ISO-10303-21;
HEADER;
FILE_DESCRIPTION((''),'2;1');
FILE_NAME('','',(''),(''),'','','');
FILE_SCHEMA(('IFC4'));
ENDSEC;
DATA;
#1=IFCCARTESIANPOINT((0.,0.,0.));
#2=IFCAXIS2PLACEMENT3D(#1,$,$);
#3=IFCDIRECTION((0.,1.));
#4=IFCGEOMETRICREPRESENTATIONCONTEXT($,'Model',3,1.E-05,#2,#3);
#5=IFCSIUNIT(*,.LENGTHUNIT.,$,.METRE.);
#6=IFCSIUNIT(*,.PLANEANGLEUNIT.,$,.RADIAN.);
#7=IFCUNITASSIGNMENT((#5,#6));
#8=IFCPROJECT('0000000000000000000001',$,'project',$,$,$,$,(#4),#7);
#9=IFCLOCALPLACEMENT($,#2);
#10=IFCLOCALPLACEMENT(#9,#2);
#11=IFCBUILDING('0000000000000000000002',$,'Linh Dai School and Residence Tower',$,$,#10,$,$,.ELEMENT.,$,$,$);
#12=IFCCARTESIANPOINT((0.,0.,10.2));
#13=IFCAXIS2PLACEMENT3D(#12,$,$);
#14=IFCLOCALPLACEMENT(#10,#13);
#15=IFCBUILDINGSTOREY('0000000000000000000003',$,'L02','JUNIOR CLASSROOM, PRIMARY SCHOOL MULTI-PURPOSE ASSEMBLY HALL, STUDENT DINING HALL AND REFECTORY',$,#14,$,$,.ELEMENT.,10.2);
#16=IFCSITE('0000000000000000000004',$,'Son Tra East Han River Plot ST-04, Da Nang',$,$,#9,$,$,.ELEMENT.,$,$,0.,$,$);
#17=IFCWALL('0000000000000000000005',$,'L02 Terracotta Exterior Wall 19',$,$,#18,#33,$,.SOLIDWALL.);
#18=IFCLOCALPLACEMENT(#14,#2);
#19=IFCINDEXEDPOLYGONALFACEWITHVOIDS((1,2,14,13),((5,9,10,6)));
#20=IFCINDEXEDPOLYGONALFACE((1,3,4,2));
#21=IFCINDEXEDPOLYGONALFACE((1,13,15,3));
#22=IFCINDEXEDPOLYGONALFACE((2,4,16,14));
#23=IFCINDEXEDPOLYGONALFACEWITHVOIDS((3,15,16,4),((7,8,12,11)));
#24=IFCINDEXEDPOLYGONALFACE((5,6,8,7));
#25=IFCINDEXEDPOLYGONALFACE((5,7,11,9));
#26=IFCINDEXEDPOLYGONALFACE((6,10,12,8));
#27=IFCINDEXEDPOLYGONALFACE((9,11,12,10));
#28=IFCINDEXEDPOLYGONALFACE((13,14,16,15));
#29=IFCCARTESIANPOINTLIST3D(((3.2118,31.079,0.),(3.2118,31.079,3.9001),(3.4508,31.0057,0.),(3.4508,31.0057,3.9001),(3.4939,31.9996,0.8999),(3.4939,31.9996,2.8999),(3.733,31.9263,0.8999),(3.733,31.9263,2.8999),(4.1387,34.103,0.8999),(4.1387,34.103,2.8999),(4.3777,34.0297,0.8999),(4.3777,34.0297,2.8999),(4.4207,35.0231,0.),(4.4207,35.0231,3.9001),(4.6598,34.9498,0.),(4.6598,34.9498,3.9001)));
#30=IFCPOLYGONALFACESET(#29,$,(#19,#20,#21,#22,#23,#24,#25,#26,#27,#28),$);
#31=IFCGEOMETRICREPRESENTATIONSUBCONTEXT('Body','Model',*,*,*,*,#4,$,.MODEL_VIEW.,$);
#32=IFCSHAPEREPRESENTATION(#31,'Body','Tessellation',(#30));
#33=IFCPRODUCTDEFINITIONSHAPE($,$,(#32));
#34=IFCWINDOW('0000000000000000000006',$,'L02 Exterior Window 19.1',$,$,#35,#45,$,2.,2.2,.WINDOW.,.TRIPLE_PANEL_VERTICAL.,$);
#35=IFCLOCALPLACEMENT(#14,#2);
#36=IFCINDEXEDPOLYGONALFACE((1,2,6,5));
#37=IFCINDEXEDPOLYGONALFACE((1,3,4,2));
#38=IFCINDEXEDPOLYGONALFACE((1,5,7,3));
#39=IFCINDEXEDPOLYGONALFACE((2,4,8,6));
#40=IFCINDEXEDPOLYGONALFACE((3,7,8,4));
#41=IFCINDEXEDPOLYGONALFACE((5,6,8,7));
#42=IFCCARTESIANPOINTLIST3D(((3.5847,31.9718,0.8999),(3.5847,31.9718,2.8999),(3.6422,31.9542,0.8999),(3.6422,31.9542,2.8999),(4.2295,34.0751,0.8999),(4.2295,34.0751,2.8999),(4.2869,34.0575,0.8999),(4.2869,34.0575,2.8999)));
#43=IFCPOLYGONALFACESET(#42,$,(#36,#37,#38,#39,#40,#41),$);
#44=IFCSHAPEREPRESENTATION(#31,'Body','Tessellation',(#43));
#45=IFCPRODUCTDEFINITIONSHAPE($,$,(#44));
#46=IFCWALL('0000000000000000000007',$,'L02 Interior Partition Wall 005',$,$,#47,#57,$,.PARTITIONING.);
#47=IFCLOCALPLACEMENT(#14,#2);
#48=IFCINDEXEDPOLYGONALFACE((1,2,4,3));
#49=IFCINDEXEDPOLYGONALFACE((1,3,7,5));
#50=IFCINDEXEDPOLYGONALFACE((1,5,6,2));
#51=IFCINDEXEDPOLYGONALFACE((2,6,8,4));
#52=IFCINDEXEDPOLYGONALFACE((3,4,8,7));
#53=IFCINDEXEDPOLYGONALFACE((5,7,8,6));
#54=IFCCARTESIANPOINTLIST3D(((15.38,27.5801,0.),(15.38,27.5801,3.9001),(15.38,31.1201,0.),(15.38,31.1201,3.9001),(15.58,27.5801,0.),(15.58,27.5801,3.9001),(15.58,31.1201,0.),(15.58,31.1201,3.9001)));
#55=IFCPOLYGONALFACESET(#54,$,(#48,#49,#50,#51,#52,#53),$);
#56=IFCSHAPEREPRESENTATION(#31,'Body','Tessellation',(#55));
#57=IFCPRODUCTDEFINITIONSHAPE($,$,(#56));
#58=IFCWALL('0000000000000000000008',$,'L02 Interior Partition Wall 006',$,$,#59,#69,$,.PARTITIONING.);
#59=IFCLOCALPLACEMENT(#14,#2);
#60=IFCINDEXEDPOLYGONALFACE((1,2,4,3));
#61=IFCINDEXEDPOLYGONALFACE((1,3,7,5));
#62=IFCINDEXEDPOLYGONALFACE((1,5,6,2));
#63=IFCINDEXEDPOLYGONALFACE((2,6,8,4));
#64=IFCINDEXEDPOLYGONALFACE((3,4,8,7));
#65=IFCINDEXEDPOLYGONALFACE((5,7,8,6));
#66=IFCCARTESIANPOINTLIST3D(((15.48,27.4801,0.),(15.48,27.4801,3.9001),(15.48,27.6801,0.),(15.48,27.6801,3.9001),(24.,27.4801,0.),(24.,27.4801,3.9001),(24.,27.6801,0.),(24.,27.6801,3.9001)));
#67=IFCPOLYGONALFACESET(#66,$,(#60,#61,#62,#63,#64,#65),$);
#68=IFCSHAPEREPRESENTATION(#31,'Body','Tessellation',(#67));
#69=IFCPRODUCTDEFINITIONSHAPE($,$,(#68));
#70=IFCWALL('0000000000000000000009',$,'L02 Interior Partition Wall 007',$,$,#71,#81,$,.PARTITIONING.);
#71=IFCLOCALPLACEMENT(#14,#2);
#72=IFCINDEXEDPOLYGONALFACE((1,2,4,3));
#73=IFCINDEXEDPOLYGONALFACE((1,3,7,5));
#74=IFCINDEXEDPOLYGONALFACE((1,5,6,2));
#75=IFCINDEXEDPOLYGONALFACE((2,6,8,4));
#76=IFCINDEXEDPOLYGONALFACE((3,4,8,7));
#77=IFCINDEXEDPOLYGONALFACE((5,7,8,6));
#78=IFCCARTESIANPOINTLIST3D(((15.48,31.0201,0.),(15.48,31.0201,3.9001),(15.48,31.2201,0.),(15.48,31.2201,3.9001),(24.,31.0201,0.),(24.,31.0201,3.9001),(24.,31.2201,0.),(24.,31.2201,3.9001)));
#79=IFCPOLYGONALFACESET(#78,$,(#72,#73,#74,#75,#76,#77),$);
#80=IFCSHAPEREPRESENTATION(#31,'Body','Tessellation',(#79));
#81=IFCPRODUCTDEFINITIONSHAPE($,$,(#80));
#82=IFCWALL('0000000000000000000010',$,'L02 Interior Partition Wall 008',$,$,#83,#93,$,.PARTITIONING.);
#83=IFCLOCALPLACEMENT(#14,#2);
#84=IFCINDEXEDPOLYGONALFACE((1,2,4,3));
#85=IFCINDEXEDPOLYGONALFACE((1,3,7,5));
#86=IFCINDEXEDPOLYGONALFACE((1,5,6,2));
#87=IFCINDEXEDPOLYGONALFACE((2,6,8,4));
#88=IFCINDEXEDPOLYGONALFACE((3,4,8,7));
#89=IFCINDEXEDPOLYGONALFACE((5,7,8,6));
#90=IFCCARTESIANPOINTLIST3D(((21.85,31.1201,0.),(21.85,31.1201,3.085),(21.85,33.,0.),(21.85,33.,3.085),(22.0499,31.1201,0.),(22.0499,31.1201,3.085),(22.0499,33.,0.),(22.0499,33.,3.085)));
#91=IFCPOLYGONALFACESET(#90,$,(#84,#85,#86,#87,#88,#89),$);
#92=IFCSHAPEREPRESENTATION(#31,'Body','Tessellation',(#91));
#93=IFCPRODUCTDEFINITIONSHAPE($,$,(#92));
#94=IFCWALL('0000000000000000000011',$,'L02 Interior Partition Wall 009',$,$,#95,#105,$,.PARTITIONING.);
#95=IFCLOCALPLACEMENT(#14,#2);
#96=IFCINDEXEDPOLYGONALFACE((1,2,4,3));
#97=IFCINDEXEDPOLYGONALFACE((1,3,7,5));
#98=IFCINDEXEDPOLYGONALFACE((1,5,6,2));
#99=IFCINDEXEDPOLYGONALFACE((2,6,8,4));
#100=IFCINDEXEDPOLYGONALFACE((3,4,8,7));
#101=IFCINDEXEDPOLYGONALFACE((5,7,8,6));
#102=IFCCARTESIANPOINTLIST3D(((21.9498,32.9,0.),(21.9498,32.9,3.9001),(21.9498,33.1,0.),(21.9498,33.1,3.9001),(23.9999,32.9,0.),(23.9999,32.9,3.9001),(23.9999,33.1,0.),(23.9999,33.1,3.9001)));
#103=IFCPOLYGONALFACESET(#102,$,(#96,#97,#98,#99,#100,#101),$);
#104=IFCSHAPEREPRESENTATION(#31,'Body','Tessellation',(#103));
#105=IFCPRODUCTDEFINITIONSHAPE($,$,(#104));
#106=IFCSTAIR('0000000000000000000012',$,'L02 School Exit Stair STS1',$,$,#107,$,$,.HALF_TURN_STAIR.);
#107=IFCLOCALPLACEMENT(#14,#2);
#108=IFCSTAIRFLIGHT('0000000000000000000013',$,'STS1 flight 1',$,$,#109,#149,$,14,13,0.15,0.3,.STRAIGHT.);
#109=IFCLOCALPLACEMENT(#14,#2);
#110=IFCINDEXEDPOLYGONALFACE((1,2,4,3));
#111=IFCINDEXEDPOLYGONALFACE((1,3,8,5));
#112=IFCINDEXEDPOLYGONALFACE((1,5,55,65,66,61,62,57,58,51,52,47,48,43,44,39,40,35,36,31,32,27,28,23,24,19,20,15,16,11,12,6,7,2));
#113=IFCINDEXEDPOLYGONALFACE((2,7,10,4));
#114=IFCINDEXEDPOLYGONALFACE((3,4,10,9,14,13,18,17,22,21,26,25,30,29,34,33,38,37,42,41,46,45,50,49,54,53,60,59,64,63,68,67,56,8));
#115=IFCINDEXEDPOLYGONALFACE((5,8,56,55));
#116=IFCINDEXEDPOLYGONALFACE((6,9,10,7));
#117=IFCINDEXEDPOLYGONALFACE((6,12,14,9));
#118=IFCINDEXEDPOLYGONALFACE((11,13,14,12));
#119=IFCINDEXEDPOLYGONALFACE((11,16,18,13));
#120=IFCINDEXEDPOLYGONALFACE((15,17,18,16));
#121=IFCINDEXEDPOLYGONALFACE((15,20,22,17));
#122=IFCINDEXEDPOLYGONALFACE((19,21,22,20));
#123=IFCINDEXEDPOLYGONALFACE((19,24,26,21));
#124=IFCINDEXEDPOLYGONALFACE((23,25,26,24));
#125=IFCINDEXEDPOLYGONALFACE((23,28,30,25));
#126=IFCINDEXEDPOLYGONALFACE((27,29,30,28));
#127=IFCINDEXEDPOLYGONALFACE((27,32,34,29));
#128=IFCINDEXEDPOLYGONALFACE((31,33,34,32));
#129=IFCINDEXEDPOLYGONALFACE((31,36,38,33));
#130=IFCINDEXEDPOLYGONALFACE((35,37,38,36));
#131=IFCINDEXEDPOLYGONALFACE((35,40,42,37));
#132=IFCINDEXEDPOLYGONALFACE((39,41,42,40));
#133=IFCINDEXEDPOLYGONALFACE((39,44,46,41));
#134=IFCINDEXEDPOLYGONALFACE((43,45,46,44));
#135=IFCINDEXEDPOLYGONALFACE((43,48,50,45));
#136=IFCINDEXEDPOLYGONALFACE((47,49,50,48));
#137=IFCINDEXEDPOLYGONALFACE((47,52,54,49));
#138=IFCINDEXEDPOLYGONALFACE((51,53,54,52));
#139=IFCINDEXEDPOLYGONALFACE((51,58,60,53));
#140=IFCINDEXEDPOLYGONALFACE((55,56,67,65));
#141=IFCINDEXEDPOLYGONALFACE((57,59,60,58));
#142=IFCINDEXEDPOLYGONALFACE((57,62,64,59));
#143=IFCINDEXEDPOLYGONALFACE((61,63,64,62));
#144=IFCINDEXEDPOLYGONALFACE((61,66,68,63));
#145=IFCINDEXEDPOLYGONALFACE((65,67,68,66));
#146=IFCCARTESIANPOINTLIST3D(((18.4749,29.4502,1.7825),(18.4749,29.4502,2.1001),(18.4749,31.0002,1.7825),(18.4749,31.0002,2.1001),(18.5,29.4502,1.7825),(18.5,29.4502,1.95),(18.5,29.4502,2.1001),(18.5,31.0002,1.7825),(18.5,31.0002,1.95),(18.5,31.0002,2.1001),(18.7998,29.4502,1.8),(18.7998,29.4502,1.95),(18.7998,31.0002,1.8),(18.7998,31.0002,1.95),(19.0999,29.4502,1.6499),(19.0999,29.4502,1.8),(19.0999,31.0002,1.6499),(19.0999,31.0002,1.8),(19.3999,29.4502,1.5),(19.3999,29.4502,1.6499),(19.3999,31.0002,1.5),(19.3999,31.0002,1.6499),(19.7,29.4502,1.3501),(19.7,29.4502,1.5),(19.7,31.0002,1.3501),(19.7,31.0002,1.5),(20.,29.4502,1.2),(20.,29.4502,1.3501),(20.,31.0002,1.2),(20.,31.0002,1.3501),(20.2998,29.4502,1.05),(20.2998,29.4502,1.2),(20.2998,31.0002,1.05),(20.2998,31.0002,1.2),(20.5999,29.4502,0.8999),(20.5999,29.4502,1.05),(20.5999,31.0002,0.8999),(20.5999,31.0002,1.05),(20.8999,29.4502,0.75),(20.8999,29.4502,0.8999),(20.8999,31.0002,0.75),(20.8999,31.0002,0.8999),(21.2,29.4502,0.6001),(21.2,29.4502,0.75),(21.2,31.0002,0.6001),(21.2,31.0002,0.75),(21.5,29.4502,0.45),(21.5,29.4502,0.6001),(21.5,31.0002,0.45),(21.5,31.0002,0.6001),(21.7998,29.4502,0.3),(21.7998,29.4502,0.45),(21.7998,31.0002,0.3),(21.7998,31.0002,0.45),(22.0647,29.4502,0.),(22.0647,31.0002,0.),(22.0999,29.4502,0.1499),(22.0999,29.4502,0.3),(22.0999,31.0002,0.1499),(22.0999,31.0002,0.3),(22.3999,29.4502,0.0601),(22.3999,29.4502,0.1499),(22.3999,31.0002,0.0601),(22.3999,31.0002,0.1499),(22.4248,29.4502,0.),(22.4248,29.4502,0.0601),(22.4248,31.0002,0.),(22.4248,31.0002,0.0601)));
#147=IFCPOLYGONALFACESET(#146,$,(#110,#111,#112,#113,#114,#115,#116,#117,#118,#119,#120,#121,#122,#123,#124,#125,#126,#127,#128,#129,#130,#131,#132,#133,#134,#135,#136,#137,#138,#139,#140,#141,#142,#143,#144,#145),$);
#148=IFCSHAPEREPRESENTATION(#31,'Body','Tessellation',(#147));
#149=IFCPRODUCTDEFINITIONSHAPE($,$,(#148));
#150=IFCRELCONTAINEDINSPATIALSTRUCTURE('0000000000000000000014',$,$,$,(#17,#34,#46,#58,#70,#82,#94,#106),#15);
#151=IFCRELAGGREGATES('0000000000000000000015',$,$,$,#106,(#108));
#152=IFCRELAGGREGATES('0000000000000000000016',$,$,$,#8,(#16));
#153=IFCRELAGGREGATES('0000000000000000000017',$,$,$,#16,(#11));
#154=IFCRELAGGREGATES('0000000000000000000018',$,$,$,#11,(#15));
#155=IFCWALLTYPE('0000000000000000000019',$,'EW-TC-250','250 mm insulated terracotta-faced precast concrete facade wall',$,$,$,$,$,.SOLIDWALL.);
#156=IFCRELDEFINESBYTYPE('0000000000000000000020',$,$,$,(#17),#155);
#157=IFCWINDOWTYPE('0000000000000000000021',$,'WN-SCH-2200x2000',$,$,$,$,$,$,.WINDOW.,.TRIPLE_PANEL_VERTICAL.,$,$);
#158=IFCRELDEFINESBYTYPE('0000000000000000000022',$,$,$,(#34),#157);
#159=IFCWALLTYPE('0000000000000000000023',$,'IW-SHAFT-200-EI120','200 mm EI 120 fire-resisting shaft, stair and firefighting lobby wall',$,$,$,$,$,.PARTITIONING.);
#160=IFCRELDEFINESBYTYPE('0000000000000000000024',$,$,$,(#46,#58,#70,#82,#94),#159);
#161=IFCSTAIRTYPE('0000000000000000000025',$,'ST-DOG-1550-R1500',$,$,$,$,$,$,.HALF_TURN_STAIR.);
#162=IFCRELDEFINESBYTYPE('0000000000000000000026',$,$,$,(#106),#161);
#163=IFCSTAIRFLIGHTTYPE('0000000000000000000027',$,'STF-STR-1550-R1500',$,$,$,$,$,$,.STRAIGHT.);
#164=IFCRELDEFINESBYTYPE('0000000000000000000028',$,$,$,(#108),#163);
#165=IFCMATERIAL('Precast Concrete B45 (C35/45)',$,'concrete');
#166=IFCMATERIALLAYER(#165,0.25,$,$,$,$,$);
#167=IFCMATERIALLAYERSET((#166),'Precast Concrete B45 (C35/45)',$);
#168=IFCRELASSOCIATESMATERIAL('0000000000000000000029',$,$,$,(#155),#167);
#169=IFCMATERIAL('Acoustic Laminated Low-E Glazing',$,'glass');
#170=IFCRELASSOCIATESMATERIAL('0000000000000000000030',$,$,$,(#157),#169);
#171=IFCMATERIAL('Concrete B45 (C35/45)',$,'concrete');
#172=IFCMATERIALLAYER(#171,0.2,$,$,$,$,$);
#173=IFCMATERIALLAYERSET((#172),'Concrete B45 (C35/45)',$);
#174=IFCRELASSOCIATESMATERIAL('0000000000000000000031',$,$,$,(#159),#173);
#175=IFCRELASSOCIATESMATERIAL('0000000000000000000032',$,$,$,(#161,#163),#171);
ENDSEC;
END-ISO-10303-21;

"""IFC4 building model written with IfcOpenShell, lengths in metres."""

from ifc_helpers import new_model, si_unit, direction, frame, frame_2d, origin, origin_2d, place, context, subcontext, project, spatial, polyline, rectangle, outline, extrude, source, transform, mapped, material, layer, layer_set, type_object, element, fill, aggregate, save


model = new_model("IFC4")

# Units and contexts
model_context = context("Model", 3, precision=1e-05, world=origin(), true_north=direction((0.0, 1.0)))
body_context = subcontext(model_context, "Body", "Model", "MODEL_VIEW")
ifc_project = project(units=[si_unit("LENGTHUNIT", "METRE"), si_unit("PLANEANGLEUNIT", "RADIAN")], contexts=[model_context])

# Site, building, storey
site_placement = place(None, origin())
site = spatial("IfcSite", under=ifc_project, at=site_placement, Name="Son Tra East Han River Plot ST-04, Da Nang", CompositionType="ELEMENT", RefElevation=0.0)
building_placement = place(site_placement, origin())
building = spatial("IfcBuilding", under=site, at=building_placement, Name="Linh Dai School and Residence Tower", CompositionType="ELEMENT")
storey_placement = place(building_placement, frame((0.0, 0.0, 10.2)))
storey = spatial("IfcBuildingStorey", under=building, at=storey_placement, Name="L02", Description="JUNIOR CLASSROOM, PRIMARY SCHOOL MULTI-PURPOSE ASSEMBLY HALL, STUDENT DINING HALL AND REFECTORY", CompositionType="ELEMENT", Elevation=10.2)

# Wall, opening, window
ifc_material_1 = material(Name="Precast Concrete B45 (C35/45)", Category="concrete")
ifc_layer_1 = layer(ifc_material_1, 0.25)
ifc_layer_set_1 = layer_set([ifc_layer_1], Name="Precast Concrete B45 (C35/45)")
wall_type_1 = type_object("IfcWallType", Name="EW-TC-250", Description="250 mm insulated terracotta-faced precast concrete facade wall", PredefinedType="SOLIDWALL", material=ifc_layer_set_1)
wall_1_placement = place(storey_placement, frame((3.3313, 31.0425, 0.0), z_axis=(0.0, 0.0, 1.0), x_axis=(0.293071, 0.956091, 0.0)))
wall_1 = element("IfcWall", 1, at=wall_1_placement, inside=storey, type_object=wall_type_1, Name="L02 Terracotta Exterior Wall 19", PredefinedType="SOLIDWALL", context=body_context, shape_type="SweptSolid", body=[
    extrude(rectangle(XDim=4.1252, YDim=0.25, at=frame_2d((2.0625, 0.0))), origin(), (0.0, 0.0, 1.0), 3.9001),
])
opening_placement = place(wall_1_placement, frame((0.9626, 0.0, 0.8999)))
opening = element("IfcOpeningElement", 2, at=opening_placement, cuts=wall_1, PredefinedType="OPENING", context=body_context, shape_type="SweptSolid", body=[
    extrude(rectangle(XDim=2.2, YDim=2.0, at=origin_2d()), frame((1.1001, 0.135, 1.0), z_axis=(0.0, -1.0, 0.0), x_axis=(1.0, 0.0, 0.0)), (0.0, 0.0, 1.0), 0.27),
])
ifc_material_2 = material(Name="Acoustic Laminated Low-E Glazing", Category="glass")
window_type = type_object("IfcWindowType", Name="WN-SCH-2200x2000", PartitioningType="TRIPLE_PANEL_VERTICAL", PredefinedType="WINDOW", material=ifc_material_2)
shared_shape_1 = source(origin(), body_context, "Body", "SweptSolid", [
    extrude(rectangle(XDim=2.2, YDim=2.0, at=origin_2d()), frame((1.1001, 0.03, 1.0), z_axis=(0.0, -1.0, 0.0), x_axis=(1.0, 0.0, 0.0)), (0.0, 0.0, 1.0), 0.0601),
])
window_placement = place(opening_placement, origin())
window = element("IfcWindow", 3, at=window_placement, inside=storey, type_object=window_type, Name="L02 Exterior Window 19.1", OverallHeight=2.0, OverallWidth=2.2, PartitioningType="TRIPLE_PANEL_VERTICAL", PredefinedType="WINDOW", context=body_context, shape_type="MappedRepresentation", body=[
    mapped(shared_shape_1, transform((0.0, 0.0, 0.0), x_axis=(1.0, 0.0, 0.0), y_axis=(0.0, 1.0, 0.0), z_axis=(0.0, 0.0, 1.0), scale=1.0)),
])
fill(opening, window)

# Walls
ifc_material_3 = material(Name="Concrete B45 (C35/45)", Category="concrete")
ifc_layer_2 = layer(ifc_material_3, 0.2)
ifc_layer_set_2 = layer_set([ifc_layer_2], Name="Concrete B45 (C35/45)")
wall_type_2 = type_object("IfcWallType", Name="IW-SHAFT-200-EI120", Description="200 mm EI 120 fire-resisting shaft, stair and firefighting lobby wall", PredefinedType="PARTITIONING", material=ifc_layer_set_2)
wall_2_placement = place(storey_placement, frame((15.48, 27.5801, 0.0), z_axis=(0.0, 0.0, 1.0), x_axis=(0.0, 1.0, 0.0)))
element("IfcWall", 4, at=wall_2_placement, inside=storey, type_object=wall_type_2, Name="L02 Interior Partition Wall 005", PredefinedType="PARTITIONING", context=body_context, shape_type="SweptSolid", body=[
    extrude(rectangle(XDim=3.54, YDim=0.2, at=frame_2d((1.77, 0.0))), origin(), (0.0, 0.0, 1.0), 3.9001),
])
for number, where, z_axis, x_axis, name in (
    (5, (15.48, 27.5801, 0.0), (0.0, 0.0, 1.0), (1.0, 0.0, 0.0), "L02 Interior Partition Wall 006"),
    (6, (15.48, 31.1201, 0.0), (0.0, 0.0, 1.0), (1.0, 0.0, 0.0), "L02 Interior Partition Wall 007"),
):
    element("IfcWall", number, at=place(storey_placement, frame(where, z_axis=z_axis, x_axis=x_axis)), inside=storey, type_object=wall_type_2, Name=name, PredefinedType="PARTITIONING", context=body_context, shape_type="SweptSolid", body=[
        extrude(rectangle(XDim=8.52, YDim=0.2, at=frame_2d((4.26, 0.0))), origin(), (0.0, 0.0, 1.0), 3.9001),
    ])
wall_3_placement = place(storey_placement, frame((21.95, 31.1201, 0.0), z_axis=(0.0, 0.0, 1.0), x_axis=(0.0, 1.0, 0.0)))
element("IfcWall", 7, at=wall_3_placement, inside=storey, type_object=wall_type_2, Name="L02 Interior Partition Wall 008", PredefinedType="PARTITIONING", context=body_context, shape_type="SweptSolid", body=[
    extrude(rectangle(XDim=1.8799, YDim=0.2, at=frame_2d((0.9399, 0.0))), origin(), (0.0, 0.0, 1.0), 3.085),
])
wall_4_placement = place(storey_placement, frame((21.95, 33.0, 0.0), z_axis=(0.0, 0.0, 1.0), x_axis=(1.0, 0.0, 0.0)))
element("IfcWall", 8, at=wall_4_placement, inside=storey, type_object=wall_type_2, Name="L02 Interior Partition Wall 009", PredefinedType="PARTITIONING", context=body_context, shape_type="SweptSolid", body=[
    extrude(rectangle(XDim=2.05, YDim=0.2, at=frame_2d((1.0249, 0.0))), origin(), (0.0, 0.0, 1.0), 3.9001),
])

# Stair, stair flight
stair_type = type_object("IfcStairType", Name="ST-DOG-1550-R1500", PredefinedType="HALF_TURN_STAIR", material=ifc_material_3)
stair_placement = place(storey_placement, origin())
stair = element("IfcStair", 9, at=stair_placement, inside=storey, type_object=stair_type, Name="L02 School Exit Stair STS1", PredefinedType="HALF_TURN_STAIR")
stair_flight_type = type_object("IfcStairFlightType", Name="STF-STR-1550-R1500", PredefinedType="STRAIGHT", material=ifc_material_3)
shared_shape_2 = source(origin(), body_context, "Body", "SweptSolid", [
    extrude(outline(polyline([(-0.0249, 0.0), (-0.0249, 0.0601), (0.0, 0.0601), (0.0, 0.1499), (0.3, 0.1499), (0.3, 0.3), (0.6001, 0.3), (0.6001, 0.45), (0.8999, 0.45), (0.8999, 0.6001), (1.2, 0.6001), (1.2, 0.75), (1.5, 0.75), (1.5, 0.8999), (1.8, 0.8999), (1.8, 1.05), (2.1001, 1.05), (2.1001, 1.2), (2.3999, 1.2), (2.3999, 1.3501), (2.7, 1.3501), (2.7, 1.5), (3.0, 1.5), (3.0, 1.6499), (3.3, 1.6499), (3.3, 1.8), (3.6001, 1.8), (3.6001, 1.95), (3.8999, 1.95), (3.8999, 2.1001), (3.925, 2.1001), (3.925, 1.7825), (3.8999, 1.7825), (0.3352, 0.0), (-0.0249, 0.0)])), frame((0.0, 0.7749, 0.0), z_axis=(0.0, -1.0, 0.0), x_axis=(1.0, 0.0, 0.0)), (0.0, 0.0, 1.0), 1.55),
])
stair_flight_1_placement = place(storey_placement, frame((22.3999, 30.2251, 0.0), z_axis=(0.0, 0.0, 1.0), x_axis=(-1.0, 0.0, 0.0)))
stair_flight_1 = element("IfcStairFlight", 10, at=stair_flight_1_placement, type_object=stair_flight_type, Name="STS1 flight 1", NumberOfRisers=14, NumberOfTreads=13, PredefinedType="STRAIGHT", RiserHeight=0.15, TreadLength=0.3, context=body_context, shape_type="MappedRepresentation", body=[
    mapped(shared_shape_2, transform((0.0, 0.0, 0.0), x_axis=(1.0, 0.0, 0.0), y_axis=(0.0, 1.0, 0.0), z_axis=(0.0, 0.0, 1.0), scale=1.0)),
])
aggregate(stair, [stair_flight_1])

save(model, "model.ifc")
